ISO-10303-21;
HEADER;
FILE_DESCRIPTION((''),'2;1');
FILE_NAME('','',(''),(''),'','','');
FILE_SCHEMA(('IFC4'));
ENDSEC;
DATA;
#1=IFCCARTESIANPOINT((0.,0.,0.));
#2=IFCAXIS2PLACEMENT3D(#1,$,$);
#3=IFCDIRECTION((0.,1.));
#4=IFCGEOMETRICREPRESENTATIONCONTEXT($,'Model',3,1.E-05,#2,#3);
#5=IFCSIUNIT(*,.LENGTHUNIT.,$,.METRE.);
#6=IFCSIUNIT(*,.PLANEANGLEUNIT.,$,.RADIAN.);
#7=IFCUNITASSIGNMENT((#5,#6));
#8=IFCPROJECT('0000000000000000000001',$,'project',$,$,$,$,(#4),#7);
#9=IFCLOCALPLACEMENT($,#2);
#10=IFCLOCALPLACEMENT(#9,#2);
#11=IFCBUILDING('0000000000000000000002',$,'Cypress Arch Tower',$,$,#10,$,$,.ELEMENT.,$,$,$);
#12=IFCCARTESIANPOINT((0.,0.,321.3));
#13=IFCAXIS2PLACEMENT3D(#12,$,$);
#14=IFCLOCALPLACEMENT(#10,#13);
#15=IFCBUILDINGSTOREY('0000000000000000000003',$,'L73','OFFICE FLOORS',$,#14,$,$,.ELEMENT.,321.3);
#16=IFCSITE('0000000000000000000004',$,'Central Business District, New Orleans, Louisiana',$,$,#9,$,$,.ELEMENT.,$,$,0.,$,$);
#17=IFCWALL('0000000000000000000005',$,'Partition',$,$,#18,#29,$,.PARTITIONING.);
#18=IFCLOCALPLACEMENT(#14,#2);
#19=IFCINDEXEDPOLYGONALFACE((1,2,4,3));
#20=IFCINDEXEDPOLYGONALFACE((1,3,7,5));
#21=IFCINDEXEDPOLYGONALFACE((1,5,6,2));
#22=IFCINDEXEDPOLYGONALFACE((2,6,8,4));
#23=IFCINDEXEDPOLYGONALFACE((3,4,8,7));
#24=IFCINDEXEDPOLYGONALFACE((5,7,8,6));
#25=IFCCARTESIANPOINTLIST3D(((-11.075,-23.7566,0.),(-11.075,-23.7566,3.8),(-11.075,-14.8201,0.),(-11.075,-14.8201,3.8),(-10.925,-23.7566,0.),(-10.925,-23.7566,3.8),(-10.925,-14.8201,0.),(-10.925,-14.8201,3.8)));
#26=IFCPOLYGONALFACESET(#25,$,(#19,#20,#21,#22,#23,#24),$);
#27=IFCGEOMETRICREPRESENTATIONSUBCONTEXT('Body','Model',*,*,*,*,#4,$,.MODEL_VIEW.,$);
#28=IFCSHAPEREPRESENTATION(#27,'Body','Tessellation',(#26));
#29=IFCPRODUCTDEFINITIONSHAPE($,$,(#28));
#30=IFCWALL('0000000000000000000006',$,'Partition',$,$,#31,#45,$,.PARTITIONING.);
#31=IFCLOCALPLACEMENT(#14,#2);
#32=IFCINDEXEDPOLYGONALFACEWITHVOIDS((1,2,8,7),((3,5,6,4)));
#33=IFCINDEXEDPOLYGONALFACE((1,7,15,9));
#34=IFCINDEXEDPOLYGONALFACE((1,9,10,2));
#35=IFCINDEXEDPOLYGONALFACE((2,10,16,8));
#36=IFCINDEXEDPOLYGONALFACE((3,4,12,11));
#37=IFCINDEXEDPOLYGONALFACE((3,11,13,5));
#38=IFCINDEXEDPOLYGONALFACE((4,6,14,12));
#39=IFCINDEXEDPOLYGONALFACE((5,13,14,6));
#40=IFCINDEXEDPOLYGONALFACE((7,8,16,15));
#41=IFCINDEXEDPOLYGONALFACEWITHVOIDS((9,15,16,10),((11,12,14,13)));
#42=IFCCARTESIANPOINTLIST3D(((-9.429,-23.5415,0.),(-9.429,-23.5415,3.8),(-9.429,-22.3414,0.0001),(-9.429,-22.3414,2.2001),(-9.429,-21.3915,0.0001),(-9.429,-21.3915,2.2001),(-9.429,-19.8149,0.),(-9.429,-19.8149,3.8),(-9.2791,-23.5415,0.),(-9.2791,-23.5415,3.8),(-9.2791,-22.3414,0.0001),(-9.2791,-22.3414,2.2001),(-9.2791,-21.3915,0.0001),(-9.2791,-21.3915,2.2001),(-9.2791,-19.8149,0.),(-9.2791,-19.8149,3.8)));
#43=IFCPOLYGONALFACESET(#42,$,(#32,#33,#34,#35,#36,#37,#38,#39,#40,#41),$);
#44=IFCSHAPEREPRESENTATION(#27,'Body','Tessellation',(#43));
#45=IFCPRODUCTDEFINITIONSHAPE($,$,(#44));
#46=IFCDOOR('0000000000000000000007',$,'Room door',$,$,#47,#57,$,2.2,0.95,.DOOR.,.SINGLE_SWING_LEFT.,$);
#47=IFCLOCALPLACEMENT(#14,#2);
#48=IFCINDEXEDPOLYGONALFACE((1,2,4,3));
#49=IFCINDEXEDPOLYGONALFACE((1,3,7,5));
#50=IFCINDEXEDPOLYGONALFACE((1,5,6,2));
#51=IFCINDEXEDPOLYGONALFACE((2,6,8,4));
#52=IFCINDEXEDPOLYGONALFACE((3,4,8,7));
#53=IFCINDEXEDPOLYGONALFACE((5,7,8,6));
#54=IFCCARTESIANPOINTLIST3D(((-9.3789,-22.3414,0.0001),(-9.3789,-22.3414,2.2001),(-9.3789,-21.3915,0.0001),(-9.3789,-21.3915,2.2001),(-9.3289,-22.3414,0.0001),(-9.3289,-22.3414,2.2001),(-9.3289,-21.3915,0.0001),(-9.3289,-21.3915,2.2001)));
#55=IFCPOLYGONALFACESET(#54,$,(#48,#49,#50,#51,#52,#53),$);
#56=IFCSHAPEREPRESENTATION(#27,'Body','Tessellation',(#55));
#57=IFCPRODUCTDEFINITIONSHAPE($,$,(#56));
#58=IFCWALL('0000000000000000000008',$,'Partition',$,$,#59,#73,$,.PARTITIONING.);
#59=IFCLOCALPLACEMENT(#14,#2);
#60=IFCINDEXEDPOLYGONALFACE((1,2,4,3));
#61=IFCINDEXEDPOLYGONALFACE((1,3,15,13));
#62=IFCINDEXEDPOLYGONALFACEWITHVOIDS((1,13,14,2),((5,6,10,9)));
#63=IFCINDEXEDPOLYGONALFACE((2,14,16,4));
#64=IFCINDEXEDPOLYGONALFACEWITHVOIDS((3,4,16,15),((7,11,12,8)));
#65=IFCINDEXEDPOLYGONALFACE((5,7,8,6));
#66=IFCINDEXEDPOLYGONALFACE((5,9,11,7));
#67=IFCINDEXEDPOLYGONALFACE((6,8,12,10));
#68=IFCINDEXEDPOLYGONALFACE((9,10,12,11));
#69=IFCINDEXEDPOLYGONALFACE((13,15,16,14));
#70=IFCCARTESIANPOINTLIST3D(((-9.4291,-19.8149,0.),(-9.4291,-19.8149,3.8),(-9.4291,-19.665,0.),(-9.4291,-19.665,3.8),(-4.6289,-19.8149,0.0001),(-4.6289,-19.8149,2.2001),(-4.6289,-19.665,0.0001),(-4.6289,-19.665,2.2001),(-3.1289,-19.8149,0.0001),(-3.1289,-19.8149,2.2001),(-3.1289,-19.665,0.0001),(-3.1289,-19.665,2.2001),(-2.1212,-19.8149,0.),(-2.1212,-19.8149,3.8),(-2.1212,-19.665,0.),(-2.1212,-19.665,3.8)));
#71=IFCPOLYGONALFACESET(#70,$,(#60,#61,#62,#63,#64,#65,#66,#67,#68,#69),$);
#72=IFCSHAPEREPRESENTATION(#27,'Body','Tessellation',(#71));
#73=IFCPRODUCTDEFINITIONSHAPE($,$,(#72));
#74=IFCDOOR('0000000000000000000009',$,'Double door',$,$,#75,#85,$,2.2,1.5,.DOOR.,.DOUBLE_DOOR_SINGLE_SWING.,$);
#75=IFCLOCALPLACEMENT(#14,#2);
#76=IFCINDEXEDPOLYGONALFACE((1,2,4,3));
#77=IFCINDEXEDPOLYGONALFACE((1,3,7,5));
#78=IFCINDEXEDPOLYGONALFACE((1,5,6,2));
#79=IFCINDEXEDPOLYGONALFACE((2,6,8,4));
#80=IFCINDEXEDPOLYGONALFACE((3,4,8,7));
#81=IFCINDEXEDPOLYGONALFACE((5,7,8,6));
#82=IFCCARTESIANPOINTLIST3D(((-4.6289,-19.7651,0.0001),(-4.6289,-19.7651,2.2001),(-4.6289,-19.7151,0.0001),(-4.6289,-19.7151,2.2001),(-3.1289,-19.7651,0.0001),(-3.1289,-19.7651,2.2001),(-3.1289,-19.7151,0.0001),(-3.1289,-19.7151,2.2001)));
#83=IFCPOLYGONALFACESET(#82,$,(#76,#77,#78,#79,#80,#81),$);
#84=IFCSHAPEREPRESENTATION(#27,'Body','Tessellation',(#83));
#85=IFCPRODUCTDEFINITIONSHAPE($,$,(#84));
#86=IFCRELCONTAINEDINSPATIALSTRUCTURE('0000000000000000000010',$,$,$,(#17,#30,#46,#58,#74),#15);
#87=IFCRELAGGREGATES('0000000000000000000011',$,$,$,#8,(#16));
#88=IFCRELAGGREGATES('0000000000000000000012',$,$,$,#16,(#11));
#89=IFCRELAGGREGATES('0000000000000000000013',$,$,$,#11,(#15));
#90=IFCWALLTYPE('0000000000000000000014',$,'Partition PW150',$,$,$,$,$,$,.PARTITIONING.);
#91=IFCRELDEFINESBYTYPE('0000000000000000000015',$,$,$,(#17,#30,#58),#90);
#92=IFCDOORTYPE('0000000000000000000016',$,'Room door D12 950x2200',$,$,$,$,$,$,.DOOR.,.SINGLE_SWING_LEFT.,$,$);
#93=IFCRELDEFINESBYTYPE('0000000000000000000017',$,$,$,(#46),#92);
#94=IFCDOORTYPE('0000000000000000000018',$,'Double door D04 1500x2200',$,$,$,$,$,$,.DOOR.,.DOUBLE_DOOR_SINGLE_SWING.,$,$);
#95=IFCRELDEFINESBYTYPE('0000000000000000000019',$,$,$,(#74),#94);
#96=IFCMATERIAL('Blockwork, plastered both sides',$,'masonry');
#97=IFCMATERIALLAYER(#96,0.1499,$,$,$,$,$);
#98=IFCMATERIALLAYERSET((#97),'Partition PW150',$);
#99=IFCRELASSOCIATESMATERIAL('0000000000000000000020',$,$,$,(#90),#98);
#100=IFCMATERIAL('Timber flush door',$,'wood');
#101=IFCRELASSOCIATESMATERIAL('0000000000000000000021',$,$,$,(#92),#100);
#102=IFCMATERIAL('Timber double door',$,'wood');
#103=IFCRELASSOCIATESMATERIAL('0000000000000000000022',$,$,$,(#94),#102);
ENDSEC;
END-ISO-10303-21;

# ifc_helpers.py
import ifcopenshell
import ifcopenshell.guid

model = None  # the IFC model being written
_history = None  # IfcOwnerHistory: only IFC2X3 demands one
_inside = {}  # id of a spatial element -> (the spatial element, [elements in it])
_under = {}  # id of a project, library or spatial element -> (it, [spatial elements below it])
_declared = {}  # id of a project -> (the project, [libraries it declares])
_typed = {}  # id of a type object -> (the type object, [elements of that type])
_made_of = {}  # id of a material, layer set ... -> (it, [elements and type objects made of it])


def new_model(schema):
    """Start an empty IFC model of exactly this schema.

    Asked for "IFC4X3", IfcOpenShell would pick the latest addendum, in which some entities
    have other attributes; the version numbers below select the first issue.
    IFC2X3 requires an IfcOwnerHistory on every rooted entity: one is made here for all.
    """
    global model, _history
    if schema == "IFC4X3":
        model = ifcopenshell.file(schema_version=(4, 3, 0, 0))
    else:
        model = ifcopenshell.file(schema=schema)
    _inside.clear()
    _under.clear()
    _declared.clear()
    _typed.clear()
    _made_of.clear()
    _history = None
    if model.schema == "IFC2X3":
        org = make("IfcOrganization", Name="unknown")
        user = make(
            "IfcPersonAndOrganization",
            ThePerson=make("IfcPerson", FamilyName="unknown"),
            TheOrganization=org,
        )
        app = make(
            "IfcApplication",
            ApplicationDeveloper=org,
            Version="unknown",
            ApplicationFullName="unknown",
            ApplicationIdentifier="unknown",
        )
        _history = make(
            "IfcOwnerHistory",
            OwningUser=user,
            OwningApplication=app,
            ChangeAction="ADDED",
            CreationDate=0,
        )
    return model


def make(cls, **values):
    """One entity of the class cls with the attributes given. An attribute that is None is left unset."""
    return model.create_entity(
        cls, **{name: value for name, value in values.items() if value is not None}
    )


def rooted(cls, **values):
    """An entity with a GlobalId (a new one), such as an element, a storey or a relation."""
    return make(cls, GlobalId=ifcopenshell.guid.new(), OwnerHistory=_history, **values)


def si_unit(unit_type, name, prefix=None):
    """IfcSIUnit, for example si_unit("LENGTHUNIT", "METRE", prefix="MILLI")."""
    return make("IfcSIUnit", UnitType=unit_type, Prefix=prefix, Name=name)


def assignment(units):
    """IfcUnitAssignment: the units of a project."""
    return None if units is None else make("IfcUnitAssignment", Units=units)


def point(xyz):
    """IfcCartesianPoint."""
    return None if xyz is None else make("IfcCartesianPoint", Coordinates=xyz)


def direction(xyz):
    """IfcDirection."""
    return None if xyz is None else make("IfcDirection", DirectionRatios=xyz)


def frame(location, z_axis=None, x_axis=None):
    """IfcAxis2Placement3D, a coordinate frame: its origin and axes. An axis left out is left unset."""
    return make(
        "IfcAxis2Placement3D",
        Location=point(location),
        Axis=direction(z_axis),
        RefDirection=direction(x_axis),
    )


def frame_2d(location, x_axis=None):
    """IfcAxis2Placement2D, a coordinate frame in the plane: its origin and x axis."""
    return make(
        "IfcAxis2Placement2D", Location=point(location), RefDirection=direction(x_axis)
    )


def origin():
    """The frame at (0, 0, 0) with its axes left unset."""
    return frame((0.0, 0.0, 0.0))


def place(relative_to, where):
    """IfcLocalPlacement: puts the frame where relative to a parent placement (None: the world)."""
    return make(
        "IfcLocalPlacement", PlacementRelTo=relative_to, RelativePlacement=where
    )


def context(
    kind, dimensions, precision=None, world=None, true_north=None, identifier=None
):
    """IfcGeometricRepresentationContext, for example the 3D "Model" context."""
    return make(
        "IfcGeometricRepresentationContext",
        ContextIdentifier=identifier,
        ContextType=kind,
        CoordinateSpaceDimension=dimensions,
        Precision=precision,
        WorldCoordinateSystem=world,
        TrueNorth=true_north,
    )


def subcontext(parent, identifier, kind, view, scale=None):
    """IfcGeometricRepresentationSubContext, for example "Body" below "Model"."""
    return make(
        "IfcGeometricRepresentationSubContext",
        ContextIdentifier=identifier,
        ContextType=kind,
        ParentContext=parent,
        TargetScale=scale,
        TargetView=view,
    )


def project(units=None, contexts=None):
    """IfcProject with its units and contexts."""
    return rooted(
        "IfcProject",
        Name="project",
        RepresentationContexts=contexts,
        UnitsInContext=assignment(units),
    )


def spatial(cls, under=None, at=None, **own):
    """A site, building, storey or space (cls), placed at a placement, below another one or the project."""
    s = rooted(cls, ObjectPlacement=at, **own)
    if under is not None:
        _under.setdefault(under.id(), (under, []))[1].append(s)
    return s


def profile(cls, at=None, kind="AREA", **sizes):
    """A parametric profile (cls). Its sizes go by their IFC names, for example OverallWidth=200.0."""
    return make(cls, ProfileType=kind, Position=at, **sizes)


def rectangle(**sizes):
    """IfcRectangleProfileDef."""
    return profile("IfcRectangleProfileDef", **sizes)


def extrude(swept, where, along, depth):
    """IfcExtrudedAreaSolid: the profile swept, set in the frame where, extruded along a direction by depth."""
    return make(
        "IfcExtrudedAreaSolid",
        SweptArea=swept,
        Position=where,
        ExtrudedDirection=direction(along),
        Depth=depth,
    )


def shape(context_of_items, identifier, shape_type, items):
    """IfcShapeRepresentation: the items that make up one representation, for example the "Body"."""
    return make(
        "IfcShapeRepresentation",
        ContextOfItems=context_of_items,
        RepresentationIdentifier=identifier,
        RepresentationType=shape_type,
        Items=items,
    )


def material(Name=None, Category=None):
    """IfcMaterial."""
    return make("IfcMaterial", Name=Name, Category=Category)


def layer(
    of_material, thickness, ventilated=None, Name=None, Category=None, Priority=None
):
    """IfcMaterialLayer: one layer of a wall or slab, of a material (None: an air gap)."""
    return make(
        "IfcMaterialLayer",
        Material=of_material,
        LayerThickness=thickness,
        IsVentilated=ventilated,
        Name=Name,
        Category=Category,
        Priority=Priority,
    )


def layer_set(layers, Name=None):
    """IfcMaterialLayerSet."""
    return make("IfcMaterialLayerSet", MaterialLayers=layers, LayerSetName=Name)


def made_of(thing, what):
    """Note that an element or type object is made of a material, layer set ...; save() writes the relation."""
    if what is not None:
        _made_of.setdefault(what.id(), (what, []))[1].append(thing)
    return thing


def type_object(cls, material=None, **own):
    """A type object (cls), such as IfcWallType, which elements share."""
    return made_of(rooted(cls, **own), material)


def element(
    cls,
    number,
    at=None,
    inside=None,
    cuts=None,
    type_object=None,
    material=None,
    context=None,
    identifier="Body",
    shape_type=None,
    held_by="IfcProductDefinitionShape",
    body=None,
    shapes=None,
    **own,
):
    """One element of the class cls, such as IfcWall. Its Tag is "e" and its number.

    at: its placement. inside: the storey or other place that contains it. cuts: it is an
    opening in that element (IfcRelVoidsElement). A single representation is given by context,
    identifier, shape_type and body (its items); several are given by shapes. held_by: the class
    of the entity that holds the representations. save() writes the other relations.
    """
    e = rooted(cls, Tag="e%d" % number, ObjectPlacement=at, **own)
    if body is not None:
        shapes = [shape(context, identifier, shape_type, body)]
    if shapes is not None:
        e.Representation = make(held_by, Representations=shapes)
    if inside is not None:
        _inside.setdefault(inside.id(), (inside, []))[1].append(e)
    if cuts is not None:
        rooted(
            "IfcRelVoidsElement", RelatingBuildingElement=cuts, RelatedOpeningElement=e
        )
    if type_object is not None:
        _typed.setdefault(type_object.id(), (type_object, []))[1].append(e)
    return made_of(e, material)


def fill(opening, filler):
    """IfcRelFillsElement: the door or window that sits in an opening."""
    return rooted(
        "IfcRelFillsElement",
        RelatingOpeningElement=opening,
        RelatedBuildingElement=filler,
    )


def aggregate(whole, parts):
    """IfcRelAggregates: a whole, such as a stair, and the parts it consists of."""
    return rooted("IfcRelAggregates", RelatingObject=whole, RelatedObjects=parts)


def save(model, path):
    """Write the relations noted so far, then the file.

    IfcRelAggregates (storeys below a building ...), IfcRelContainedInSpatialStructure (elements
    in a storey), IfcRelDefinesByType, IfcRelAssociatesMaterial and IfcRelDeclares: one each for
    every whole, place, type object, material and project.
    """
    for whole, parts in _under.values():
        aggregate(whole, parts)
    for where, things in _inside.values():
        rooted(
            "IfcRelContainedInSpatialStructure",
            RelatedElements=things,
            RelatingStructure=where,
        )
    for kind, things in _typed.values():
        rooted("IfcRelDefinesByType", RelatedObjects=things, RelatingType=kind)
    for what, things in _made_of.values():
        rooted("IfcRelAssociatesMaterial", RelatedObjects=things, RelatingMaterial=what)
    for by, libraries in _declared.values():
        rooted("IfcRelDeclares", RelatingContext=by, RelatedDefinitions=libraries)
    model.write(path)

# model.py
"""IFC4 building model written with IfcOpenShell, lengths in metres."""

from ifc_helpers import new_model, si_unit, direction, frame, frame_2d, origin, place, context, subcontext, project, spatial, rectangle, extrude, material, layer, layer_set, type_object, element, fill, save


model = new_model("IFC4")

# Units and contexts
model_context = context("Model", 3, precision=1e-05, world=origin(), true_north=direction((0.0, 1.0)))
body_context = subcontext(model_context, "Body", "Model", "MODEL_VIEW")
ifc_project = project(units=[si_unit("LENGTHUNIT", "METRE"), si_unit("PLANEANGLEUNIT", "RADIAN")], contexts=[model_context])

# Site, building, storey
site_placement = place(None, origin())
site = spatial("IfcSite", under=ifc_project, at=site_placement, Name="Central Business District, New Orleans, Louisiana", CompositionType="ELEMENT", RefElevation=0.0)
building_placement = place(site_placement, origin())
building = spatial("IfcBuilding", under=site, at=building_placement, Name="Cypress Arch Tower", CompositionType="ELEMENT")
storey_placement = place(building_placement, frame((0.0, 0.0, 321.3)))
storey = spatial("IfcBuildingStorey", under=building, at=storey_placement, Name="L73", Description="OFFICE FLOORS", CompositionType="ELEMENT", Elevation=321.3)

# Wall
ifc_material_1 = material(Name="Blockwork, plastered both sides", Category="masonry")
ifc_layer_1 = layer(ifc_material_1, 0.1499)
ifc_layer_set_1 = layer_set([ifc_layer_1], Name="Partition PW150")
wall_type_1 = type_object("IfcWallType", Name="Partition PW150", PredefinedType="PARTITIONING", material=ifc_layer_set_1)
wall_1_placement = place(storey_placement, frame((-11.0, -23.7566, 0.0), z_axis=(0.0, 0.0, 1.0), x_axis=(0.0, 1.0, 0.0)))
element("IfcWall", 1, at=wall_1_placement, inside=storey, type_object=wall_type_1, Name="Partition", PredefinedType="PARTITIONING", context=body_context, shape_type="SweptSolid", body=[
    extrude(rectangle(XDim=8.9365, YDim=0.1499, at=frame_2d((4.4683, 0.0))), origin(), (0.0, 0.0, 1.0), 3.8),
])

# Walls, openings, doors
wall_2_placement = place(storey_placement, frame((-9.354, -23.5415, 0.0), z_axis=(0.0, 0.0, 1.0), x_axis=(0.0, 1.0, 0.0)))
wall_2 = element("IfcWall", 2, at=wall_2_placement, inside=storey, type_object=wall_type_1, Name="Partition", PredefinedType="PARTITIONING", context=body_context, shape_type="SweptSolid", body=[
    extrude(rectangle(XDim=3.7266, YDim=0.1499, at=frame_2d((1.8633, 0.0))), origin(), (0.0, 0.0, 1.0), 3.8),
])
opening_1_placement = place(wall_2_placement, frame((1.2, 0.0, 0.0)))
opening_1 = element("IfcOpeningElement", 3, at=opening_1_placement, cuts=wall_2, PredefinedType="OPENING", context=body_context, shape_type="SweptSolid", body=[
    extrude(rectangle(XDim=0.95, YDim=2.2, at=frame_2d((0.4751, 1.1001))), frame((0.0, 0.085, 0.0), z_axis=(0.0, -1.0, 0.0), x_axis=(1.0, 0.0, 0.0)), (0.0, 0.0, 1.0), 0.1699),
])
ifc_material_2 = material(Name="Timber flush door", Category="wood")
door_type_1 = type_object("IfcDoorType", Name="Room door D12 950x2200", OperationType="SINGLE_SWING_LEFT", PredefinedType="DOOR", material=ifc_material_2)
door_1_placement = place(opening_1_placement, origin())
door_1 = element("IfcDoor", 4, at=door_1_placement, inside=storey, type_object=door_type_1, Name="Room door", OperationType="SINGLE_SWING_LEFT", OverallHeight=2.2, OverallWidth=0.95, PredefinedType="DOOR", context=body_context, shape_type="SweptSolid", body=[
    extrude(rectangle(XDim=0.95, YDim=2.2, at=frame_2d((0.4751, 1.1001))), frame((0.0, 0.0249, 0.0), z_axis=(0.0, -1.0, 0.0), x_axis=(1.0, 0.0, 0.0)), (0.0, 0.0, 1.0), 0.05),
])
fill(opening_1, door_1)
wall_3_placement = place(storey_placement, frame((-9.429, -19.74, 0.0), z_axis=(0.0, 0.0, 1.0), x_axis=(1.0, 0.0, 0.0)))
wall_3 = element("IfcWall", 5, at=wall_3_placement, inside=storey, type_object=wall_type_1, Name="Partition", PredefinedType="PARTITIONING", context=body_context, shape_type="SweptSolid", body=[
    extrude(rectangle(XDim=7.3079, YDim=0.1499, at=frame_2d((3.6538, 0.0))), origin(), (0.0, 0.0, 1.0), 3.8),
])
opening_2_placement = place(wall_3_placement, frame((4.8, 0.0, 0.0)))
opening_2 = element("IfcOpeningElement", 6, at=opening_2_placement, cuts=wall_3, PredefinedType="OPENING", context=body_context, shape_type="SweptSolid", body=[
    extrude(rectangle(XDim=1.5, YDim=2.2, at=frame_2d((0.75, 1.1001))), frame((0.0, 0.085, 0.0), z_axis=(0.0, -1.0, 0.0), x_axis=(1.0, 0.0, 0.0)), (0.0, 0.0, 1.0), 0.1699),
])
ifc_material_3 = material(Name="Timber double door", Category="wood")
door_type_2 = type_object("IfcDoorType", Name="Double door D04 1500x2200", OperationType="DOUBLE_DOOR_SINGLE_SWING", PredefinedType="DOOR", material=ifc_material_3)
door_2_placement = place(opening_2_placement, origin())
door_2 = element("IfcDoor", 7, at=door_2_placement, inside=storey, type_object=door_type_2, Name="Double door", OperationType="DOUBLE_DOOR_SINGLE_SWING", OverallHeight=2.2, OverallWidth=1.5, PredefinedType="DOOR", context=body_context, shape_type="SweptSolid", body=[
    extrude(rectangle(XDim=1.5, YDim=2.2, at=frame_2d((0.75, 1.1001))), frame((0.0, 0.0249, 0.0), z_axis=(0.0, -1.0, 0.0), x_axis=(1.0, 0.0, 0.0)), (0.0, 0.0, 1.0), 0.05),
])
fill(opening_2, door_2)

save(model, "model.ifc")
